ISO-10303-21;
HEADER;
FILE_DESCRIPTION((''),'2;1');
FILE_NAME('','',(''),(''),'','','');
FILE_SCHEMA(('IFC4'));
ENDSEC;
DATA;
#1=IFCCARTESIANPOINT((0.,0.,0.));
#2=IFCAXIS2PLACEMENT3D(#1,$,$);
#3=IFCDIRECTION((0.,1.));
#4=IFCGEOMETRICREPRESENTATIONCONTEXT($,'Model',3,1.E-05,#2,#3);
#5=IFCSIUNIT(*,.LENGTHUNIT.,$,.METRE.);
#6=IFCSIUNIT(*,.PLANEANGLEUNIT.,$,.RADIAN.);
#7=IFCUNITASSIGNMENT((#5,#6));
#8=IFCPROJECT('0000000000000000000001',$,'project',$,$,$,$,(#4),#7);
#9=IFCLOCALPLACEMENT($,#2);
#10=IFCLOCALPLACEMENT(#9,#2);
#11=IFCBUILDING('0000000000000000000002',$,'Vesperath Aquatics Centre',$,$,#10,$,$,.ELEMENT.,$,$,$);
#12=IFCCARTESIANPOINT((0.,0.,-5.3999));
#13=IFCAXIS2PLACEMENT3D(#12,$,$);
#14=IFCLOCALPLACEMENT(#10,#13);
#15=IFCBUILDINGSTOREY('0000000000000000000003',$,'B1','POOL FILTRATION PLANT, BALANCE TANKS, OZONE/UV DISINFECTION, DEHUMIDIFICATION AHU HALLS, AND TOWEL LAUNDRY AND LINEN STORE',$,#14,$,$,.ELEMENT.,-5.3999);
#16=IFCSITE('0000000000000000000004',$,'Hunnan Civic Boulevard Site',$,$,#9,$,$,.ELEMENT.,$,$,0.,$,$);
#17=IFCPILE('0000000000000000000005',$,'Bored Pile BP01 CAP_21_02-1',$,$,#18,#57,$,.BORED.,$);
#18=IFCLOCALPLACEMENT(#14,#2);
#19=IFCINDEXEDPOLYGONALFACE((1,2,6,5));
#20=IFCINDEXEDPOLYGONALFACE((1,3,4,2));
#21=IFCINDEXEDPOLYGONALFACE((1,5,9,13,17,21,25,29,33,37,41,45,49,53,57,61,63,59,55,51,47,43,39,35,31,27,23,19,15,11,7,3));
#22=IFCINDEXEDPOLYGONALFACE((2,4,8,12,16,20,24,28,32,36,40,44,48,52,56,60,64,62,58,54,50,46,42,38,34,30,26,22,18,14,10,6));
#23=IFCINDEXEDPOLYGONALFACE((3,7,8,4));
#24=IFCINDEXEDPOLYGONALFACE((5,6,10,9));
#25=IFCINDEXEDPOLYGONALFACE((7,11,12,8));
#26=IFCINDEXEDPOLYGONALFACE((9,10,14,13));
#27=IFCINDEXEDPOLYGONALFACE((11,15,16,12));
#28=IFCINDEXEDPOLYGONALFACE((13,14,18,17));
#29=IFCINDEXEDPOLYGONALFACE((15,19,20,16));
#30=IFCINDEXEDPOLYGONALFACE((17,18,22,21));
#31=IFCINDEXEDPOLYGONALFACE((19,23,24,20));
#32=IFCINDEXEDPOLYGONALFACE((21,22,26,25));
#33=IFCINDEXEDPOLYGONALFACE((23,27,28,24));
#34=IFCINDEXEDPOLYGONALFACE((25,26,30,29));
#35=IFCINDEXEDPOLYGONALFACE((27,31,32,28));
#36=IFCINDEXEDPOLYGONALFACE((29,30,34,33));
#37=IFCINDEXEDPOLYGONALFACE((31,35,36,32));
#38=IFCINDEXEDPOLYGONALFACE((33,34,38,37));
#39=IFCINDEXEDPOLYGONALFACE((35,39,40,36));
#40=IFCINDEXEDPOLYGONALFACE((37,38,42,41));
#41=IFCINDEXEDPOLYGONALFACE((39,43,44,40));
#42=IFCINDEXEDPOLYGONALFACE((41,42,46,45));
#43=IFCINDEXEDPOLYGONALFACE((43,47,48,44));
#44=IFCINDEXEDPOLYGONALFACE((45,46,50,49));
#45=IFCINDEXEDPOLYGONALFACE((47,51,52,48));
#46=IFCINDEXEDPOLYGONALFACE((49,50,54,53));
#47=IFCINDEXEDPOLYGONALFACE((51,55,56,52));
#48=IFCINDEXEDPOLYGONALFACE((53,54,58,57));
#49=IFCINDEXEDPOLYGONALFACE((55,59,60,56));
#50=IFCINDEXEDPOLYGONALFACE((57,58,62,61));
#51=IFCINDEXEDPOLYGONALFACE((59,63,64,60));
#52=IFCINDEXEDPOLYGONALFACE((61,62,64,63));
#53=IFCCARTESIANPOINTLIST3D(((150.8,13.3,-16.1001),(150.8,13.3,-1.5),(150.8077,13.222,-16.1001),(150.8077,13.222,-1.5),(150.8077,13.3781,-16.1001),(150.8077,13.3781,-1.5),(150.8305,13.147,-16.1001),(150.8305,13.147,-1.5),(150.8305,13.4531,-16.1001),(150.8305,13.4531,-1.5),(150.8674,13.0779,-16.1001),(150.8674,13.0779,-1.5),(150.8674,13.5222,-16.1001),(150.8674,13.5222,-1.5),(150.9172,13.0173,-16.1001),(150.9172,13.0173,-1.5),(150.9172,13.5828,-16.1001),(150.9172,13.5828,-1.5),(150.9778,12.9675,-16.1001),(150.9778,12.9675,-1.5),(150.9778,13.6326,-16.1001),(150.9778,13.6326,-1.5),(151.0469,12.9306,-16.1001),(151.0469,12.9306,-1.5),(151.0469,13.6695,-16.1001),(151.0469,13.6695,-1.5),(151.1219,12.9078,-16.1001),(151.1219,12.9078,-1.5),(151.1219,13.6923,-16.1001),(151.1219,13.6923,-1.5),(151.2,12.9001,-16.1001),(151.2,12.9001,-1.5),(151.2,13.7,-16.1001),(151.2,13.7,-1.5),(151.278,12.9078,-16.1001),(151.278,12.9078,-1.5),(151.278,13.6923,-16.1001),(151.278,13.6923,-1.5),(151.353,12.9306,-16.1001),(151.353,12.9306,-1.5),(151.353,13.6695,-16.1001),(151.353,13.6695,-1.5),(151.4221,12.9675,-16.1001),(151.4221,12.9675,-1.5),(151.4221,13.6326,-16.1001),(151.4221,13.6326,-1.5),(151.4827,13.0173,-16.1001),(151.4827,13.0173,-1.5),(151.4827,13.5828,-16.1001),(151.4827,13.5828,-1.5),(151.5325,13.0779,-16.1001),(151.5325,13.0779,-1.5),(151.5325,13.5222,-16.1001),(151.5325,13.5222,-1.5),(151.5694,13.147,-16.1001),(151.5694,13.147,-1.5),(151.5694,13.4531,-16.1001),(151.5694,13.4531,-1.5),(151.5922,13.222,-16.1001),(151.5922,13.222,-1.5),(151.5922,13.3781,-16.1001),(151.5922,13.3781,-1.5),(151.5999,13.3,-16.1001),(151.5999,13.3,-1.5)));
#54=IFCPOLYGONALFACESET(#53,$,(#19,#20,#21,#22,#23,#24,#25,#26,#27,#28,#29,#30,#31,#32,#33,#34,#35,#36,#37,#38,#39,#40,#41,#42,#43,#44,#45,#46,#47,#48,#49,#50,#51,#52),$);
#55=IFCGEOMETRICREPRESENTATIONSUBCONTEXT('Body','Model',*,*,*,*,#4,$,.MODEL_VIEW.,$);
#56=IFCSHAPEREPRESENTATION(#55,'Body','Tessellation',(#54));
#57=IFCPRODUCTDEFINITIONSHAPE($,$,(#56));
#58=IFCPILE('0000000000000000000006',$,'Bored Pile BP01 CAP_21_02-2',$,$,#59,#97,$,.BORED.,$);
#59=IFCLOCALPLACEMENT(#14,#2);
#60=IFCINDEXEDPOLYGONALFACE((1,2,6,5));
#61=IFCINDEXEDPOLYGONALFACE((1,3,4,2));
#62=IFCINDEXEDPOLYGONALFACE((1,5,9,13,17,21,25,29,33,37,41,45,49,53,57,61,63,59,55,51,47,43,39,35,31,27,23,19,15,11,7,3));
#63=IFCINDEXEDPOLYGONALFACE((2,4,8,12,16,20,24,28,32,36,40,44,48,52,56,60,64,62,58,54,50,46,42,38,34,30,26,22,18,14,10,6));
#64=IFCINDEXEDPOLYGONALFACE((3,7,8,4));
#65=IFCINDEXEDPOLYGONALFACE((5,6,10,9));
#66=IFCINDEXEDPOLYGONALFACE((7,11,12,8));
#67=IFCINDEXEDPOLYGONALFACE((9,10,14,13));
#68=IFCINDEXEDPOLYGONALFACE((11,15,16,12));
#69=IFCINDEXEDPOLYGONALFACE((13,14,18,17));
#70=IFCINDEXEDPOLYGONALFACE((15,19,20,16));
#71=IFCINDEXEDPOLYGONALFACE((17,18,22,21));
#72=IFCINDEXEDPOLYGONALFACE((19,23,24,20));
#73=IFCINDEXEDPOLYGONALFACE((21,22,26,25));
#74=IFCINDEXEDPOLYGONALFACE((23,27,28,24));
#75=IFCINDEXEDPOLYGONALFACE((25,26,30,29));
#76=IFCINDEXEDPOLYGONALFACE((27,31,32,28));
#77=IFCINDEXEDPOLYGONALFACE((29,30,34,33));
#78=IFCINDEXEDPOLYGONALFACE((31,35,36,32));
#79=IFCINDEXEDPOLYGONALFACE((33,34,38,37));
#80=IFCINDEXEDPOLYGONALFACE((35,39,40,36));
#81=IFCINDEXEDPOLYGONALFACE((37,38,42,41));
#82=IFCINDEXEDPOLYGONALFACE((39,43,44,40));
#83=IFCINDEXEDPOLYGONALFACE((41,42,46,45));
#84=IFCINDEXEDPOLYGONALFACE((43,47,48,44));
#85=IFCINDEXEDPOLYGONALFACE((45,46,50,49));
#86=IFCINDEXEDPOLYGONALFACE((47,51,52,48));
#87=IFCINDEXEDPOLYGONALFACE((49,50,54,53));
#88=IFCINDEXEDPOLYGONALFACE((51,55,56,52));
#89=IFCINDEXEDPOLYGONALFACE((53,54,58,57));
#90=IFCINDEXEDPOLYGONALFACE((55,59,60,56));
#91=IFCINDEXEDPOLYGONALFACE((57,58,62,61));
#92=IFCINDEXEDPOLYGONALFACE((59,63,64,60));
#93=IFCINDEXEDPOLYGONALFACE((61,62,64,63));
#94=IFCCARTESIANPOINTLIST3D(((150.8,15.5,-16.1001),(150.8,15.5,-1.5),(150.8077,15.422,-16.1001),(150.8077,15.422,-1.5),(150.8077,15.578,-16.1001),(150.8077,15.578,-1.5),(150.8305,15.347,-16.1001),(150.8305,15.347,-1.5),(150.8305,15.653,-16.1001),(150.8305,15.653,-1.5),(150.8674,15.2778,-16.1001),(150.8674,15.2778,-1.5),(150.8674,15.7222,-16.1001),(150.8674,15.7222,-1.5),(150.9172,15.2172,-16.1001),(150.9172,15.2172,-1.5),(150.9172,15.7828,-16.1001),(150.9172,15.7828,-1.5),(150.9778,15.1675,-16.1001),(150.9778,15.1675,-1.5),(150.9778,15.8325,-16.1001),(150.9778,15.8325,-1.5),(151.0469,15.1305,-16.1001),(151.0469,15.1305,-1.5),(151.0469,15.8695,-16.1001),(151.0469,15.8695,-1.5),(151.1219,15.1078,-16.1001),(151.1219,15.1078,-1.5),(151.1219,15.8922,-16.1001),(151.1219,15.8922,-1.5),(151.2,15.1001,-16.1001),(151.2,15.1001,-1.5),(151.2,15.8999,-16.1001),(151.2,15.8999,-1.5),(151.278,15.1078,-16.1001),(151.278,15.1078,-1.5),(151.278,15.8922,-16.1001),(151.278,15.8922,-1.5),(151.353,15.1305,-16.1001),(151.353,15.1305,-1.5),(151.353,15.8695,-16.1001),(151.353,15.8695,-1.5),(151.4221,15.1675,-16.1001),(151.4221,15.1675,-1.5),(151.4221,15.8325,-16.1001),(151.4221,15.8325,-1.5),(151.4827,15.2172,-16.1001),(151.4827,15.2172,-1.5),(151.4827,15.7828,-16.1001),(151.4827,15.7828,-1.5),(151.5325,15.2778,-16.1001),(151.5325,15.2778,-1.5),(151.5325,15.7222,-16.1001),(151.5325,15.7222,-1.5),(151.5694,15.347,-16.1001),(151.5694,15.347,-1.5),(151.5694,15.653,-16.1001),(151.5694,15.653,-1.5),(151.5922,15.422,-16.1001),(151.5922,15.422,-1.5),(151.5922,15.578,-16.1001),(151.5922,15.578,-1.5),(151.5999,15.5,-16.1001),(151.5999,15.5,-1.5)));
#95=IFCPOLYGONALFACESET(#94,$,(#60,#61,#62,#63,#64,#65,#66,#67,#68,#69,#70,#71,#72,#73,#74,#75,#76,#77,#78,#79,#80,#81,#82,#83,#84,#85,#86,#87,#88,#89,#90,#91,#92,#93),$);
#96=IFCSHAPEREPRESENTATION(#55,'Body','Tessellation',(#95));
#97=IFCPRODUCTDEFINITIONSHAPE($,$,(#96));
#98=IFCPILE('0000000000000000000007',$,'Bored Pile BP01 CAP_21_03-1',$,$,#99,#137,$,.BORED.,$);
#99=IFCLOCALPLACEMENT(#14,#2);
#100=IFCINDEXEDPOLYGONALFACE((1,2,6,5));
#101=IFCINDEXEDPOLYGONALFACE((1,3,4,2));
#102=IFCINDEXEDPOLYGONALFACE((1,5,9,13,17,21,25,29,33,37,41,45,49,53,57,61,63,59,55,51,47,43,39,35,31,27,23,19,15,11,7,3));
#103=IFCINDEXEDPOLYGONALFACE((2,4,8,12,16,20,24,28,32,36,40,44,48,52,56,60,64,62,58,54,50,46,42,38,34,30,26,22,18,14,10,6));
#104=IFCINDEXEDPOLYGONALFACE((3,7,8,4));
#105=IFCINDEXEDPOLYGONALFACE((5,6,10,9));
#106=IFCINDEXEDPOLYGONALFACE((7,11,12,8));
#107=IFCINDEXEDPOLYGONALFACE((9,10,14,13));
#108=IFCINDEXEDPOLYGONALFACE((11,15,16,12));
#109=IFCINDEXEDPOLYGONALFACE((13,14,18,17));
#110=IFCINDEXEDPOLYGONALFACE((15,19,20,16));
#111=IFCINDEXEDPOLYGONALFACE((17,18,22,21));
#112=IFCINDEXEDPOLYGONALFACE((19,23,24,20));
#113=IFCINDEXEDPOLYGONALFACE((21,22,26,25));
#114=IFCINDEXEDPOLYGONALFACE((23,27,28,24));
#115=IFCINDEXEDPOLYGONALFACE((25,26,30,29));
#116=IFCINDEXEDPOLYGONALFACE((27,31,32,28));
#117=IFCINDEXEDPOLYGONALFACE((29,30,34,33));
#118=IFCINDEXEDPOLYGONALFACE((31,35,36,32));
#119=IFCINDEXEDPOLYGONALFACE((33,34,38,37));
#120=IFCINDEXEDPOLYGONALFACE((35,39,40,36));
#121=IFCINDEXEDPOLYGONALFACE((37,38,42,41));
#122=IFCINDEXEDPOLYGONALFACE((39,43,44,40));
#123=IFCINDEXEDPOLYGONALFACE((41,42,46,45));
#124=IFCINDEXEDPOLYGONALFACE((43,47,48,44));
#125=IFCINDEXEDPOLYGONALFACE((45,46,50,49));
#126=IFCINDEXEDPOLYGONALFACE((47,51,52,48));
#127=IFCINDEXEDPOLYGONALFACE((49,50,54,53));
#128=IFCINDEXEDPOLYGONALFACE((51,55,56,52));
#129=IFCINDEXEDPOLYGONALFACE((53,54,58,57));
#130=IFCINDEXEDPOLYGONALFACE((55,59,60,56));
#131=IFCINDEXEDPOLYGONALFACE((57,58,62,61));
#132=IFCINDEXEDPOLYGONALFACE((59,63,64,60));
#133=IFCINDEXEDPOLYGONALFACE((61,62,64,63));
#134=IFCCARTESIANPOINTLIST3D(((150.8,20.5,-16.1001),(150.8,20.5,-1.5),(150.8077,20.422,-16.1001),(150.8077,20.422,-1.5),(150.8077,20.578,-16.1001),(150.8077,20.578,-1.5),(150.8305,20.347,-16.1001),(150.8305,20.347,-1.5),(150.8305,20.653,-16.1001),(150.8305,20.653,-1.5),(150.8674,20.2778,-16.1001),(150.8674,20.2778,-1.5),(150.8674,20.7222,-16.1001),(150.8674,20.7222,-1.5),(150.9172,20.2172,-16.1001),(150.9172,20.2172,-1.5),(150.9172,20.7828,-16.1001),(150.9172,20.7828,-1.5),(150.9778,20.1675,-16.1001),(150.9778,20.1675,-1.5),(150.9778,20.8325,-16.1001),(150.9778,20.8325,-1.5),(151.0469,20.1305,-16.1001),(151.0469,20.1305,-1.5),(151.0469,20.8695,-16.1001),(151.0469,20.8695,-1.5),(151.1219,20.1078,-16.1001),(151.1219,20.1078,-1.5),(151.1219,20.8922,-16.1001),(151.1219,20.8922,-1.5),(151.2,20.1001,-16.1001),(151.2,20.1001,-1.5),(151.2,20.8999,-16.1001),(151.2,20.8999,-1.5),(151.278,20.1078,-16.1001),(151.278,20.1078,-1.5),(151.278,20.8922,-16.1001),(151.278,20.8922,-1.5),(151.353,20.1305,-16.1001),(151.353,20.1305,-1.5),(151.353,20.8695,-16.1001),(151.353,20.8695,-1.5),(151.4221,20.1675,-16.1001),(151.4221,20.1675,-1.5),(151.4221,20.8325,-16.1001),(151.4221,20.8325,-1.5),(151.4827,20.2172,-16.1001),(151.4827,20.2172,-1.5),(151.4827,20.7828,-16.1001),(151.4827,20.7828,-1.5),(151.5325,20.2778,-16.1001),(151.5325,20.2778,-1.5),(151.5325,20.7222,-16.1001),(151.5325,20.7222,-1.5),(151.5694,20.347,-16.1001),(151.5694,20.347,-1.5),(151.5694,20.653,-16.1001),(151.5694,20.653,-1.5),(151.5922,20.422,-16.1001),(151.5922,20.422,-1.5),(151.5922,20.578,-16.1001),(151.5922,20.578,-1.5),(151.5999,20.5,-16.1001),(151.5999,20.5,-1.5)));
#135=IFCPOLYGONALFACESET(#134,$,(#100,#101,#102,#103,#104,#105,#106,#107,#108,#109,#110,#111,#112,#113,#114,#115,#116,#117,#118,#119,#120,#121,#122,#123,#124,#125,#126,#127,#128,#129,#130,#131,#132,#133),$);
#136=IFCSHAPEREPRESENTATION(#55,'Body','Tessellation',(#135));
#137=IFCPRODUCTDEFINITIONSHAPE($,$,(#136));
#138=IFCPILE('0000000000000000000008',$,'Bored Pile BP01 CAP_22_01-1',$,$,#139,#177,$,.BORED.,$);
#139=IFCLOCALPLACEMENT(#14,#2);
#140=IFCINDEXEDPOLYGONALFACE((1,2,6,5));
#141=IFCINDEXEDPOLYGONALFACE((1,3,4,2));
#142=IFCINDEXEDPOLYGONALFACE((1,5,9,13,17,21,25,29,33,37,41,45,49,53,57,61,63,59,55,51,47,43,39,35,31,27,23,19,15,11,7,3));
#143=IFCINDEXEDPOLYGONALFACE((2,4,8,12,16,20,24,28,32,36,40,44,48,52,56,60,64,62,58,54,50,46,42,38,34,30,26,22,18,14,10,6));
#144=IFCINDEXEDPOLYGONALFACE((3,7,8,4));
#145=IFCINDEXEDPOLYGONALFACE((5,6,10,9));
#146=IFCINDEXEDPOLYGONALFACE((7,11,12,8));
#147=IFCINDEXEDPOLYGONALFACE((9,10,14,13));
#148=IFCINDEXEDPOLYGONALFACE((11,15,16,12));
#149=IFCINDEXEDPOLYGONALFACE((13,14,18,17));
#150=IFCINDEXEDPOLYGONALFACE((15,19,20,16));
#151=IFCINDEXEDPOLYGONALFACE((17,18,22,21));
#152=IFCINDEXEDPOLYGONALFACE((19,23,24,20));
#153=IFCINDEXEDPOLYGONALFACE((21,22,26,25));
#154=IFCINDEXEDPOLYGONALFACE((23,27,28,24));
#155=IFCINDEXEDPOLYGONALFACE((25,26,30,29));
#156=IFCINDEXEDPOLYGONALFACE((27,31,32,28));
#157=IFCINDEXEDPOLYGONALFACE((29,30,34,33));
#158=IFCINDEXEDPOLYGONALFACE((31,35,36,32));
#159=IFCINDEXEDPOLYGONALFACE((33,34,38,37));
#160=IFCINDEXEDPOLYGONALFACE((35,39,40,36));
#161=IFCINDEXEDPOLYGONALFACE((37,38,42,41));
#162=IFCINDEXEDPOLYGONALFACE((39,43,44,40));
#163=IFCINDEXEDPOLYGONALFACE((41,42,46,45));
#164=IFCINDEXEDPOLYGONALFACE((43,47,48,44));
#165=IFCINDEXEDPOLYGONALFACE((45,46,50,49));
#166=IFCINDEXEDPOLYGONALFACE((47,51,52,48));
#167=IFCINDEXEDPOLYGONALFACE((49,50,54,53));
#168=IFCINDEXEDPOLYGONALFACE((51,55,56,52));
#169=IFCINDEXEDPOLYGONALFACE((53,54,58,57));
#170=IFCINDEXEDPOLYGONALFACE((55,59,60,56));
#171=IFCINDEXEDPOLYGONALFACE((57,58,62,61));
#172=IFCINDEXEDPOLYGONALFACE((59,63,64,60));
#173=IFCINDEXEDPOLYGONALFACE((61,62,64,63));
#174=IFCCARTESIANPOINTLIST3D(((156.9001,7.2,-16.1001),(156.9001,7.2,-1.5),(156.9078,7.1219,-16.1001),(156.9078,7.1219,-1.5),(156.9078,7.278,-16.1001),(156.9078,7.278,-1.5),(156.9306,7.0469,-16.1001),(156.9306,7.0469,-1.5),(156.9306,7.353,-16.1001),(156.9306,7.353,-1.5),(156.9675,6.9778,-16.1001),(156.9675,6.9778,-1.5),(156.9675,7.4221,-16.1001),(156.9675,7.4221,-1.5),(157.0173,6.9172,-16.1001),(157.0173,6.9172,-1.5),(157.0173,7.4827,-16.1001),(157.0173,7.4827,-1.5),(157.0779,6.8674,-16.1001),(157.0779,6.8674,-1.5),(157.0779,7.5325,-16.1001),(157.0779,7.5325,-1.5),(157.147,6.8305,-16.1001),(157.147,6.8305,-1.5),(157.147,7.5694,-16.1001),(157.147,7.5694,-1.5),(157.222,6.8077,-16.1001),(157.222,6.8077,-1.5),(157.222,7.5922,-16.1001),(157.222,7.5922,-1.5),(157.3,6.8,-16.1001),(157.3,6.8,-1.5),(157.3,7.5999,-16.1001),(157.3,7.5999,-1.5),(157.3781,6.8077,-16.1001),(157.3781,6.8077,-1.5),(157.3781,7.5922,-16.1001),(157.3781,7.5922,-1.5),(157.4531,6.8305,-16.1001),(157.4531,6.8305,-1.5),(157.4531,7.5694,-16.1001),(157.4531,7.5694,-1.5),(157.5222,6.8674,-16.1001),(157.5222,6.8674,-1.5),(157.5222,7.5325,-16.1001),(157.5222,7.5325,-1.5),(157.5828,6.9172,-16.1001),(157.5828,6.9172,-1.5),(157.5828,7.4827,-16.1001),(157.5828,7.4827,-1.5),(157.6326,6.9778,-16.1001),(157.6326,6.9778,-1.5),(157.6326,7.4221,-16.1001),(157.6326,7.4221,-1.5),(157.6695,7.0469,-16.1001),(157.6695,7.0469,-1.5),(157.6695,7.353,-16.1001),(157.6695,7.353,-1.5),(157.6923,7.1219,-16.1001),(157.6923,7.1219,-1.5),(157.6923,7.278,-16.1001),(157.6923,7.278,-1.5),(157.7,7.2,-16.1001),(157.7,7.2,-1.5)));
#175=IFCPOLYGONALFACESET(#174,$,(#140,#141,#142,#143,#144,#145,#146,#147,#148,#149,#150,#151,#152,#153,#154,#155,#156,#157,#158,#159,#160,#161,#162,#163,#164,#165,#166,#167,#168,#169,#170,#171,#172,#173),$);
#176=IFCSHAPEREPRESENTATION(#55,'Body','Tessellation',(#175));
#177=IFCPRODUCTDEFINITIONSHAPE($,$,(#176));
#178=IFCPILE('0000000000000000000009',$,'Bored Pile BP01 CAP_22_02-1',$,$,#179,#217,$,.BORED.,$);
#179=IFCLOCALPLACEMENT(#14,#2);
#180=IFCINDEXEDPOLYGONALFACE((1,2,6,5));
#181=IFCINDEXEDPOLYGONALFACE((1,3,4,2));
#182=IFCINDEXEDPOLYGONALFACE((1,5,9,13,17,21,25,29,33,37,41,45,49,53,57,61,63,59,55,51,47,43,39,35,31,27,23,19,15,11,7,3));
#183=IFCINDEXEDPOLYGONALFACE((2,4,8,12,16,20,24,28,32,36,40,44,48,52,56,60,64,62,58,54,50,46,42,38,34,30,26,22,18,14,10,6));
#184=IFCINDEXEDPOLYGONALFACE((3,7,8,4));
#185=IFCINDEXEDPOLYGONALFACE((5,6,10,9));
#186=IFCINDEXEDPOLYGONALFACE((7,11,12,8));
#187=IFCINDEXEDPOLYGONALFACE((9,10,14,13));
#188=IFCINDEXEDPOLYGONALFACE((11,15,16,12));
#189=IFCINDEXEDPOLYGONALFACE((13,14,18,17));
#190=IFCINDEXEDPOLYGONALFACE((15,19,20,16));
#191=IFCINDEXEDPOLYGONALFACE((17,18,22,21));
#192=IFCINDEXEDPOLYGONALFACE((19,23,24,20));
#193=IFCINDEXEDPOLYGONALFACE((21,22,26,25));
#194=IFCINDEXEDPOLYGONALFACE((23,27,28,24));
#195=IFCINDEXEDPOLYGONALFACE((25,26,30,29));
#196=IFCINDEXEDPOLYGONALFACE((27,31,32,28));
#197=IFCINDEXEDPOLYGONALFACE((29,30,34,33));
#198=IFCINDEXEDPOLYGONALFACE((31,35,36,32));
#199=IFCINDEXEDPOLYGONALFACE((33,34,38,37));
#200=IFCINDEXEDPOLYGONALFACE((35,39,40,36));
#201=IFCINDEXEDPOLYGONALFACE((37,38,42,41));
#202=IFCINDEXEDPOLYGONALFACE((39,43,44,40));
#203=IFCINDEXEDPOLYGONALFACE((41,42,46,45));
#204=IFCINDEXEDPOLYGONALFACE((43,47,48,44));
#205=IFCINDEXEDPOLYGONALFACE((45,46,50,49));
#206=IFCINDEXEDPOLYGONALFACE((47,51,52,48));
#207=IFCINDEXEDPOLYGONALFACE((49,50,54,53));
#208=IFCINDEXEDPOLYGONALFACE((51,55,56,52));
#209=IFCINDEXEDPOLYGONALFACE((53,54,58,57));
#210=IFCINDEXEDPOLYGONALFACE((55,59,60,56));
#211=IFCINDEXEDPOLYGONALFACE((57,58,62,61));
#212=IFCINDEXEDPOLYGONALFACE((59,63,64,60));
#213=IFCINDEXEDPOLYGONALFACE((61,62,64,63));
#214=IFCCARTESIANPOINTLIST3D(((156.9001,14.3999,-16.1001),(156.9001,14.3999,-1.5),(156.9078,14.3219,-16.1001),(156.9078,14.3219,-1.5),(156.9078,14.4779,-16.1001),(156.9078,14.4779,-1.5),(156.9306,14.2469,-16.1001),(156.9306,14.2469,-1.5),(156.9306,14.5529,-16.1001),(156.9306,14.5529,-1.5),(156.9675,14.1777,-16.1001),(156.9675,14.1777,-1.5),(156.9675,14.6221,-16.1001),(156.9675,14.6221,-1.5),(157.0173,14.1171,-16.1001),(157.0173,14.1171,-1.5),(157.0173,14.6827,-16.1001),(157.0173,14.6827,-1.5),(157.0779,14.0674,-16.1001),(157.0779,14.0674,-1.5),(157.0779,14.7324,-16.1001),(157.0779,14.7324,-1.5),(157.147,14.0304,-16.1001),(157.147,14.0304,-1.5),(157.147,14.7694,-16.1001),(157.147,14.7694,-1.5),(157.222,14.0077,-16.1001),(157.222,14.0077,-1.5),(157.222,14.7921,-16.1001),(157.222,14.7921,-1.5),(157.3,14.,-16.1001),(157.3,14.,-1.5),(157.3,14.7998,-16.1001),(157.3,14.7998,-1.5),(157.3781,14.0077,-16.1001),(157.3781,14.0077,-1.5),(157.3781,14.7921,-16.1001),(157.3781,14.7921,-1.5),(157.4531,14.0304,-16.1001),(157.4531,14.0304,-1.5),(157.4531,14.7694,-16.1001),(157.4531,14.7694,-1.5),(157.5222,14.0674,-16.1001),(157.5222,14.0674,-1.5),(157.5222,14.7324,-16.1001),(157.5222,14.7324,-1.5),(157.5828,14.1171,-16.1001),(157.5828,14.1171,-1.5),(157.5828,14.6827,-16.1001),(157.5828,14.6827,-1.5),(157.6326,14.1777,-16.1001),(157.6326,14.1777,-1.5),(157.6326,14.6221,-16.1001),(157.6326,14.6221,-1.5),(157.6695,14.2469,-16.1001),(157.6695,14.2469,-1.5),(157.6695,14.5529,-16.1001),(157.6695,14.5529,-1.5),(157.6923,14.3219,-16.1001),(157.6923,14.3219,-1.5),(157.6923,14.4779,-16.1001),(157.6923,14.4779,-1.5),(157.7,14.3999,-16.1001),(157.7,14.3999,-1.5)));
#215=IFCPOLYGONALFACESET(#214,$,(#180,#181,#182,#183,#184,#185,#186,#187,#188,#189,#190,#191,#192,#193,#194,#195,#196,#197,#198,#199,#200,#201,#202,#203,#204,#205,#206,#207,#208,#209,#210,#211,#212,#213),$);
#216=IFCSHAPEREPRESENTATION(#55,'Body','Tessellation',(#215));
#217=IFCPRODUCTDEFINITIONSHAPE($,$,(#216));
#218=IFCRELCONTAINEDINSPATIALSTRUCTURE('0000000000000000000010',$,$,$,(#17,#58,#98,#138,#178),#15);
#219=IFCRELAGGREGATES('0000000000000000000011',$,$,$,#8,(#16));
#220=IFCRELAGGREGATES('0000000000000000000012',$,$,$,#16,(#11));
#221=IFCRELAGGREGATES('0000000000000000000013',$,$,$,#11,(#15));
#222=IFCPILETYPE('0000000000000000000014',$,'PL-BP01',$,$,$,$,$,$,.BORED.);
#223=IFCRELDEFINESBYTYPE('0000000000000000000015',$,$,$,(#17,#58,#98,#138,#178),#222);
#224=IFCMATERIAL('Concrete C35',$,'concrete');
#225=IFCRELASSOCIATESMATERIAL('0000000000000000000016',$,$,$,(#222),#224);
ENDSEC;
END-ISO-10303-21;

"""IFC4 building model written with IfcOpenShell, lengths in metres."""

from ifc_helpers import new_model, si_unit, direction, frame, origin, origin_2d, place, context, subcontext, project, spatial, circle, extrude, material, material_profile, profile_set, type_object, element, save


model = new_model("IFC4")

# Units and contexts
model_context = context("Model", 3, precision=1e-05, world=origin(), true_north=direction((0.0, 1.0)))
body_context = subcontext(model_context, "Body", "Model", "MODEL_VIEW")
ifc_project = project(units=[si_unit("LENGTHUNIT", "METRE"), si_unit("PLANEANGLEUNIT", "RADIAN")], contexts=[model_context])

# Site, building, storey
site_placement = place(None, origin())
site = spatial("IfcSite", under=ifc_project, at=site_placement, Name="Hunnan Civic Boulevard Site", CompositionType="ELEMENT", RefElevation=0.0)
building_placement = place(site_placement, origin())
building = spatial("IfcBuilding", under=site, at=building_placement, Name="Vesperath Aquatics Centre", CompositionType="ELEMENT")
storey_placement = place(building_placement, frame((0.0, 0.0, -5.3999)))
storey = spatial("IfcBuildingStorey", under=building, at=storey_placement, Name="B1", Description="POOL FILTRATION PLANT, BALANCE TANKS, OZONE/UV DISINFECTION, DEHUMIDIFICATION AHU HALLS, AND TOWEL LAUNDRY AND LINEN STORE", CompositionType="ELEMENT", Elevation=-5.3999)

# Piles
ifc_material_1 = material(Name="Concrete C35", Category="concrete")
ifc_material_profile_1 = material_profile(ifc_material_1, circle(Radius=0.3999, at=origin_2d()), Name="PILE D800")
ifc_profile_set_1 = profile_set([ifc_material_profile_1], Name="Concrete C35")
pile_type = type_object("IfcPileType", Name="PL-BP01", PredefinedType="BORED", material=ifc_profile_set_1)
for number, where, z_axis, x_axis, name in (
    (1, (151.2, 13.3, -1.5), (0.0, 0.0, -1.0), (1.0, 0.0, 0.0), "Bored Pile BP01 CAP_21_02-1"),
    (2, (151.2, 15.5, -1.5), (0.0, 0.0, -1.0), (1.0, 0.0, 0.0), "Bored Pile BP01 CAP_21_02-2"),
    (3, (151.2, 20.5, -1.5), (0.0, 0.0, -1.0), (1.0, 0.0, 0.0), "Bored Pile BP01 CAP_21_03-1"),
    (4, (157.3, 7.2, -1.5), (0.0, 0.0, -1.0), (1.0, 0.0, 0.0), "Bored Pile BP01 CAP_22_01-1"),
    (5, (157.3, 14.3999, -1.5), (0.0, 0.0, -1.0), (1.0, 0.0, 0.0), "Bored Pile BP01 CAP_22_02-1"),
):
    element("IfcPile", number, at=place(storey_placement, frame(where, z_axis=z_axis, x_axis=x_axis)), inside=storey, type_object=pile_type, Name=name, PredefinedType="BORED", context=body_context, shape_type="SweptSolid", body=[
        extrude(circle(Radius=0.3999, at=origin_2d()), origin(), (0.0, 0.0, 1.0), 14.6001),
    ])

save(model, "model.ifc")
